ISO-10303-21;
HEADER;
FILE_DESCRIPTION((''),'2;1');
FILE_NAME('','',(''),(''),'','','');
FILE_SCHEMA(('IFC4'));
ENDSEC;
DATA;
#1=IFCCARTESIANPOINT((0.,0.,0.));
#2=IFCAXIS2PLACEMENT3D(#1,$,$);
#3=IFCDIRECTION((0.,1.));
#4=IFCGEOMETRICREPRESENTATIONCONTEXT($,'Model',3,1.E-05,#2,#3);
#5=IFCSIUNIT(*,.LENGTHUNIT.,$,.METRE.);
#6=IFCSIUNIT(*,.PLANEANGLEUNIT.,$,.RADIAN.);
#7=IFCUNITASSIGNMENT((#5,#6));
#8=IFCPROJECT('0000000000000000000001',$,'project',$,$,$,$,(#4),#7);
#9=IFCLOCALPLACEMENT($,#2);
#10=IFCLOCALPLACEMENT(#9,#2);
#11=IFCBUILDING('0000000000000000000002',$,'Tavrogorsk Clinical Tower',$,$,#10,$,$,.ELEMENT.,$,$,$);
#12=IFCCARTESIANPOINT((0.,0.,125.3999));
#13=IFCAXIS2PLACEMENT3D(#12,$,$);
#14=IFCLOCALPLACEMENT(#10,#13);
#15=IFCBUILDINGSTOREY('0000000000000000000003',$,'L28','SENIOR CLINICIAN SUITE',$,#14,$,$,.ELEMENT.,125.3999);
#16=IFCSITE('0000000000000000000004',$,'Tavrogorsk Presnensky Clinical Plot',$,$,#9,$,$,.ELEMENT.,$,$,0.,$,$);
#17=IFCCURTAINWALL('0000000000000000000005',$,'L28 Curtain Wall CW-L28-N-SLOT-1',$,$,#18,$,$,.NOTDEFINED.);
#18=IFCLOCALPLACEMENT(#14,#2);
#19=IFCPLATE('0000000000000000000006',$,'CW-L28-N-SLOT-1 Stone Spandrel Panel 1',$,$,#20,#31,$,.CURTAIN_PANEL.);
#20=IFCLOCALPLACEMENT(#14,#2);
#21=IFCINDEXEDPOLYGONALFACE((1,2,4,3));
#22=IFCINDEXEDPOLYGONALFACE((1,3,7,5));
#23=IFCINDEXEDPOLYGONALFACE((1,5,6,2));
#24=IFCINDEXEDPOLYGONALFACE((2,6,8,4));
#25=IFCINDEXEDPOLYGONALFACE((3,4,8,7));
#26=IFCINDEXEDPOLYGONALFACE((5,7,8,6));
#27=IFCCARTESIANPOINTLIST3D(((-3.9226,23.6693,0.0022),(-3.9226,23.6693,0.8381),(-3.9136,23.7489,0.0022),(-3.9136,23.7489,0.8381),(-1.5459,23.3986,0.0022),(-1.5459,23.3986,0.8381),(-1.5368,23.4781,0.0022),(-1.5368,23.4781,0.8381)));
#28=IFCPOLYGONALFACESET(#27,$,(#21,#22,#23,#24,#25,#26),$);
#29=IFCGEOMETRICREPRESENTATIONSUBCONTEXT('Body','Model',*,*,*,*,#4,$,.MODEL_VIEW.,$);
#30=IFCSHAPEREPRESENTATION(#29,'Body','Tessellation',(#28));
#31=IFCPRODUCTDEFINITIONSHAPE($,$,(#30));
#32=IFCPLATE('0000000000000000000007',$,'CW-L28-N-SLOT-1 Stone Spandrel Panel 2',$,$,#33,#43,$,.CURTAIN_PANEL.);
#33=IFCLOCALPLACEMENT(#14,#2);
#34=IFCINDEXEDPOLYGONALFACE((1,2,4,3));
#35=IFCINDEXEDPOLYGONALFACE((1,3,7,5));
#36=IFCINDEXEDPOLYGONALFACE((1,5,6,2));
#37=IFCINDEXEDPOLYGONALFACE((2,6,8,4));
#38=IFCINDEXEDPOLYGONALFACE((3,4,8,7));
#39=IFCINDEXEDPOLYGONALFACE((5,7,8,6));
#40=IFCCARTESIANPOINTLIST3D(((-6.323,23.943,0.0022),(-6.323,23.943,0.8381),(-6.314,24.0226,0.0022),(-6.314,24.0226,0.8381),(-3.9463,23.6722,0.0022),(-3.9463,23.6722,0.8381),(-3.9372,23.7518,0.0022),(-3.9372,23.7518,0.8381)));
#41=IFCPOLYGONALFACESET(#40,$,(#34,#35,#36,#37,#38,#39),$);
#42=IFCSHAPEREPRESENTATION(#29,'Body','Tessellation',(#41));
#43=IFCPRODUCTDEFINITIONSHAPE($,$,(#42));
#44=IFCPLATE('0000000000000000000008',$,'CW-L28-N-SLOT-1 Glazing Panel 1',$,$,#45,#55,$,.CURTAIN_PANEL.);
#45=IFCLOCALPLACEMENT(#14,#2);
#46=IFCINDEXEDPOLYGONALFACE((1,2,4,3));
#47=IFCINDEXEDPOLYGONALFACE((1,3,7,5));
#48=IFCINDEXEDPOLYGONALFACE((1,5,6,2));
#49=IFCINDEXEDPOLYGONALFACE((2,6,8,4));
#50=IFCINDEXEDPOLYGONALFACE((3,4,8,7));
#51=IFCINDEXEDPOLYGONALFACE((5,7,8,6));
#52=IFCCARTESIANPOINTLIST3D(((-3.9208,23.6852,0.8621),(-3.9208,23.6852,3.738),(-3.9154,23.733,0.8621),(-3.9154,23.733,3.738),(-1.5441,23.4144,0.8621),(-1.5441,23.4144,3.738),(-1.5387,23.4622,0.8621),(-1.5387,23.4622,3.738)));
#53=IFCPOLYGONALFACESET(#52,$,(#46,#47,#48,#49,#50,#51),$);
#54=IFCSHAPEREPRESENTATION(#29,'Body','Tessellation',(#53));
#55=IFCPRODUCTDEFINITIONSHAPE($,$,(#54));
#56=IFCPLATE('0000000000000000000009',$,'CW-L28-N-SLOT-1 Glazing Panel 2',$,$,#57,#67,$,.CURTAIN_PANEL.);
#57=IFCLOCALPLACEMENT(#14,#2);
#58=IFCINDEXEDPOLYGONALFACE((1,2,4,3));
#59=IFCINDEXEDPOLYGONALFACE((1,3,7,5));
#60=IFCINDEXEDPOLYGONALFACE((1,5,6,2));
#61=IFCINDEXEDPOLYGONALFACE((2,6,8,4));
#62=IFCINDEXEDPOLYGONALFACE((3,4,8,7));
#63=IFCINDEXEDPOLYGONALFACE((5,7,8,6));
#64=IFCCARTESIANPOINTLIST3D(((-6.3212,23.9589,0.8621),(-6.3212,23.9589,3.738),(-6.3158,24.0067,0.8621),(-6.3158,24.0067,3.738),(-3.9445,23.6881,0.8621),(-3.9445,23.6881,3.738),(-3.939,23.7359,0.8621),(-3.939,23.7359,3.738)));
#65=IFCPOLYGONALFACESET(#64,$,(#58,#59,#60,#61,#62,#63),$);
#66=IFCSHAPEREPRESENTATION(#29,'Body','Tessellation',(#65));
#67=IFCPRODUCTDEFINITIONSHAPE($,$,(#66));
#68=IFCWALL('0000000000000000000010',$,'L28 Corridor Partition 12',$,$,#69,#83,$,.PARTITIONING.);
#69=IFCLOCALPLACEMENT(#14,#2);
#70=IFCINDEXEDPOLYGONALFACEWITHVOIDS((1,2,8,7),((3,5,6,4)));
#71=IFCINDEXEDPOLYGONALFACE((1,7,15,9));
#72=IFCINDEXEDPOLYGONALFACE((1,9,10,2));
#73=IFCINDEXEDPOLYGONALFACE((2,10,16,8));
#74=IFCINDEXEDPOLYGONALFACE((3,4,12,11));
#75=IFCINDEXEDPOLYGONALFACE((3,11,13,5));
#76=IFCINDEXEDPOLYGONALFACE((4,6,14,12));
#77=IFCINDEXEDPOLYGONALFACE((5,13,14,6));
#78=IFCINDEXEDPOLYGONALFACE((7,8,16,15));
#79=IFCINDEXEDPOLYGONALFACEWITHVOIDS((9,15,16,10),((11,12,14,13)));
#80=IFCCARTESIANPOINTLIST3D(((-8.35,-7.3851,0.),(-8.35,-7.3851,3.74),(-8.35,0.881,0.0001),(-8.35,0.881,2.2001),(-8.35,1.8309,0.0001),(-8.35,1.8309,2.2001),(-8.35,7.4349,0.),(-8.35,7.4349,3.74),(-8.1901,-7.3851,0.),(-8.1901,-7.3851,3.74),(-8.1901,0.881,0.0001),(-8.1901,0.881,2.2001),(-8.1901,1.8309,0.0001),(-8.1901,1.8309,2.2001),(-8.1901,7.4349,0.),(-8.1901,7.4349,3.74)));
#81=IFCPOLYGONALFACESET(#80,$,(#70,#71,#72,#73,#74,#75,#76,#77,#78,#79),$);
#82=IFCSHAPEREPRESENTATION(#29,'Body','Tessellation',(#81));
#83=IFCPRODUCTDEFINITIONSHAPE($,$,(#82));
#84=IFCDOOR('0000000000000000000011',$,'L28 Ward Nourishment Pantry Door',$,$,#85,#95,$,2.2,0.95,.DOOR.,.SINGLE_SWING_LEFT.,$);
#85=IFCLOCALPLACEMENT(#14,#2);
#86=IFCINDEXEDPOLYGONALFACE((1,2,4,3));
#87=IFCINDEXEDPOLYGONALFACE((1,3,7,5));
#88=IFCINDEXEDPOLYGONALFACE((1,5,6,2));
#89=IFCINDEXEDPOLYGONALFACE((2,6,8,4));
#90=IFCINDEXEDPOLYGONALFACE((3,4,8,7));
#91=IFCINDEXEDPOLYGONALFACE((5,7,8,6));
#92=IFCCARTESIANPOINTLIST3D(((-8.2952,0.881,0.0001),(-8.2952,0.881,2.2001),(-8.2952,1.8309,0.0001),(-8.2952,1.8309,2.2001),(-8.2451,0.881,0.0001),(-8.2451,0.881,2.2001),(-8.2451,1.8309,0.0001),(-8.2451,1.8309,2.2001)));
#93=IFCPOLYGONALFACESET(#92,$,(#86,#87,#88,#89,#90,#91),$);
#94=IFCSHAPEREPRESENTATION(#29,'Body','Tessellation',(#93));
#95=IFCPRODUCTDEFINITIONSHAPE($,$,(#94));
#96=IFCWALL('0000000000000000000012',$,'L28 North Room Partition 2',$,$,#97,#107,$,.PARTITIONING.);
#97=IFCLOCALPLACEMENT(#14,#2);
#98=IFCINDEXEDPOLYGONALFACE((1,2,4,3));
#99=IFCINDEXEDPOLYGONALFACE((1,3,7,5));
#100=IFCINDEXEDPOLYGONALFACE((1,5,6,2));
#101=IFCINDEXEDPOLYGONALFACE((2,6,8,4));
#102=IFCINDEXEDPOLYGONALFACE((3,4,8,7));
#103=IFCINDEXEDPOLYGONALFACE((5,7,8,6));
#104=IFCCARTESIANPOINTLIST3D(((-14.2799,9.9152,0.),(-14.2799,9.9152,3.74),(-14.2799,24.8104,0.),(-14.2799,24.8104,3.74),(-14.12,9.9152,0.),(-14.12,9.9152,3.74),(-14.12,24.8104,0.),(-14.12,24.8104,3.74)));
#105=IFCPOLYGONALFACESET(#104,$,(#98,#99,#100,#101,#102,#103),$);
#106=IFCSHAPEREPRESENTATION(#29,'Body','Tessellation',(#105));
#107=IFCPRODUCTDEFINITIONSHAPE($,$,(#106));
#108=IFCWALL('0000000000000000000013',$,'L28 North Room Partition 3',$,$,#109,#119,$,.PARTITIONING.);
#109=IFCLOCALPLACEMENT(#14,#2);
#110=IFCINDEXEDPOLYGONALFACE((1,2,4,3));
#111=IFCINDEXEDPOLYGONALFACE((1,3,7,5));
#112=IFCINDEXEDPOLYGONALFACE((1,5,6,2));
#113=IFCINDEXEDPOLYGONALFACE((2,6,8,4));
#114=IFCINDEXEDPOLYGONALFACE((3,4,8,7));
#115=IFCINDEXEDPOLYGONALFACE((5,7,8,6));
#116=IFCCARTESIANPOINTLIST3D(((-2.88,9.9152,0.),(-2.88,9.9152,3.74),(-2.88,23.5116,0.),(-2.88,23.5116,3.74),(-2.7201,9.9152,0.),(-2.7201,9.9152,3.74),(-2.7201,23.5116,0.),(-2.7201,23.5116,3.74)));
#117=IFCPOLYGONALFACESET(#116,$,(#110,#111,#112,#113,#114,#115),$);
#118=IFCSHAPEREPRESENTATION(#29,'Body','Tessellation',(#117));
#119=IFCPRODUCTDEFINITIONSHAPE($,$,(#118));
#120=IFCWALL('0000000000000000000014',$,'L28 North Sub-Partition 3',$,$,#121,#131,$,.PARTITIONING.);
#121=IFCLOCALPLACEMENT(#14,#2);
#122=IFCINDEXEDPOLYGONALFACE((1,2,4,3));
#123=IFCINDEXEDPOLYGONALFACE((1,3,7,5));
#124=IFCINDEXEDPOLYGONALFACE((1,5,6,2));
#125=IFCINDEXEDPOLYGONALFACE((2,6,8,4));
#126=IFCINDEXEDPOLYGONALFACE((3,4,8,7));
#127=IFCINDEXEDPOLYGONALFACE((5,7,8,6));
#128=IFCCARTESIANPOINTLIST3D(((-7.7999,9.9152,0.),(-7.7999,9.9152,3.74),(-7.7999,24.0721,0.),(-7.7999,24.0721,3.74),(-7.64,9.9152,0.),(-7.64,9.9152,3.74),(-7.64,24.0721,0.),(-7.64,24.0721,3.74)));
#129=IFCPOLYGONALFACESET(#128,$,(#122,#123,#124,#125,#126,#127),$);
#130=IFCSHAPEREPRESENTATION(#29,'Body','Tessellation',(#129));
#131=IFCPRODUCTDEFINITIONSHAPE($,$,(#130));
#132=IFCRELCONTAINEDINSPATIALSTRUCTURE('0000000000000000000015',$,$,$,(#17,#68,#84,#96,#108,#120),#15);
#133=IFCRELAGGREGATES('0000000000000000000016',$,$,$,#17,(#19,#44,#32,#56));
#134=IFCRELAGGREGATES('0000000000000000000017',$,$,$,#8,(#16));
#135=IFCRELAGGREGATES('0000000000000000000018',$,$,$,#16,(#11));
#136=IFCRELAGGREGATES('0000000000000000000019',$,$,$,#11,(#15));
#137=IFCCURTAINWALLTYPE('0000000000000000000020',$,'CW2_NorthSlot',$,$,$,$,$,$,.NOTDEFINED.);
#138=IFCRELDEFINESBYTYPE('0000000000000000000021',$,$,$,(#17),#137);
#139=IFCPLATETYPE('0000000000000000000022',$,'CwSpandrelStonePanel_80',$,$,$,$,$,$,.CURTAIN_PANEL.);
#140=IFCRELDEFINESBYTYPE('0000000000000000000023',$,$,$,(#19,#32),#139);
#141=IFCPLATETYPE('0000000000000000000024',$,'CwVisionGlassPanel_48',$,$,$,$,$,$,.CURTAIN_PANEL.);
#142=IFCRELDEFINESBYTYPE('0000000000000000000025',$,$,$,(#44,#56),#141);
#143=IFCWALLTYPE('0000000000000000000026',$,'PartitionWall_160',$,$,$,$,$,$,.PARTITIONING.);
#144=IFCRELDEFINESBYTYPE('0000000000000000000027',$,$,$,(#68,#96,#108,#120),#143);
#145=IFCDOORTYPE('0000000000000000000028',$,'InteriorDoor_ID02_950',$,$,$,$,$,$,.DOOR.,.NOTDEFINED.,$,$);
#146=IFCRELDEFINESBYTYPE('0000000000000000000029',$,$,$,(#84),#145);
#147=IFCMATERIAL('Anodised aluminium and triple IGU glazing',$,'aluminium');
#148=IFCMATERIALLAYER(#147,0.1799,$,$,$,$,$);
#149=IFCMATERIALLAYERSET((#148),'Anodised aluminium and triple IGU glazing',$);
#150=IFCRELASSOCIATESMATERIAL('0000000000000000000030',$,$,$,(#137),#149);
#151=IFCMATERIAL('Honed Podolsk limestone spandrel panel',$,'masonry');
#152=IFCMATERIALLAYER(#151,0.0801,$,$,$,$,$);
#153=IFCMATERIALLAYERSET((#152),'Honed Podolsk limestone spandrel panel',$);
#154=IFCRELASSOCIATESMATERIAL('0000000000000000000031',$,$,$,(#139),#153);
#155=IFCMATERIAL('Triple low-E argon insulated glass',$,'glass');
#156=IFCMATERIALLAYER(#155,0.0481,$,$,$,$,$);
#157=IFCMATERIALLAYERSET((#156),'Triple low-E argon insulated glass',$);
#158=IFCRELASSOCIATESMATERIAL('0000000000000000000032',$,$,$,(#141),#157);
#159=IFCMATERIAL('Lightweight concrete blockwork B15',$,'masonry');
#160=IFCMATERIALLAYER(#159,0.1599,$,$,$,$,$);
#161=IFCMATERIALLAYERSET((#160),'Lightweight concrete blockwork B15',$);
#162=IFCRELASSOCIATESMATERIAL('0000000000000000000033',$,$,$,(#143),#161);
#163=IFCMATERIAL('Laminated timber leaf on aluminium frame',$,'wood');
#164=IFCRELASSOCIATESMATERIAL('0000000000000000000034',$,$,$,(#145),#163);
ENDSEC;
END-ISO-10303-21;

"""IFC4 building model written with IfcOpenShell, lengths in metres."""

from ifc_helpers import new_model, si_unit, direction, frame, frame_2d, origin, origin_2d, place, context, subcontext, project, spatial, rectangle, extrude, material, layer, layer_set, type_object, element, fill, aggregate, save


model = new_model("IFC4")

# Units and contexts
model_context = context("Model", 3, precision=1e-05, world=origin(), true_north=direction((0.0, 1.0)))
body_context = subcontext(model_context, "Body", "Model", "MODEL_VIEW")
ifc_project = project(units=[si_unit("LENGTHUNIT", "METRE"), si_unit("PLANEANGLEUNIT", "RADIAN")], contexts=[model_context])

# Site, building, storey
site_placement = place(None, origin())
site = spatial("IfcSite", under=ifc_project, at=site_placement, Name="Tavrogorsk Presnensky Clinical Plot", CompositionType="ELEMENT", RefElevation=0.0)
building_placement = place(site_placement, origin())
building = spatial("IfcBuilding", under=site, at=building_placement, Name="Tavrogorsk Clinical Tower", CompositionType="ELEMENT")
storey_placement = place(building_placement, frame((0.0, 0.0, 125.3999)))
storey = spatial("IfcBuildingStorey", under=building, at=storey_placement, Name="L28", Description="SENIOR CLINICIAN SUITE", CompositionType="ELEMENT", Elevation=125.3999)

# Curtain wall
ifc_material_1 = material(Name="Anodised aluminium and triple IGU glazing", Category="aluminium")
ifc_layer_1 = layer(ifc_material_1, 0.1799)
ifc_layer_set_1 = layer_set([ifc_layer_1], Name="Anodised aluminium and triple IGU glazing")
curtain_wall_type = type_object("IfcCurtainWallType", Name="CW2_NorthSlot", PredefinedType="NOTDEFINED", material=ifc_layer_set_1)
curtain_wall_placement = place(storey_placement, origin())
curtain_wall = element("IfcCurtainWall", 1, at=curtain_wall_placement, inside=storey, type_object=curtain_wall_type, Name="L28 Curtain Wall CW-L28-N-SLOT-1", PredefinedType="NOTDEFINED")

# Plates
ifc_material_2 = material(Name="Honed Podolsk limestone spandrel panel", Category="masonry")
ifc_layer_2 = layer(ifc_material_2, 0.0801)
ifc_layer_set_2 = layer_set([ifc_layer_2], Name="Honed Podolsk limestone spandrel panel")
plate_type_1 = type_object("IfcPlateType", Name="CwSpandrelStonePanel_80", PredefinedType="CURTAIN_PANEL", material=ifc_layer_set_2)
plate_1_placement = place(storey_placement, frame((-2.7297, 23.5737, 0.0022), z_axis=(0.0, 0.0, 1.0), x_axis=(-0.993572, 0.113203, 0.0)))
plate_1 = element("IfcPlate", 2, at=plate_1_placement, type_object=plate_type_1, Name="CW-L28-N-SLOT-1 Stone Spandrel Panel 1", PredefinedType="CURTAIN_PANEL", context=body_context, shape_type="SweptSolid", body=[
    extrude(rectangle(XDim=2.3921, YDim=0.0801, at=origin_2d()), origin(), (0.0, 0.0, 1.0), 0.8359),
])
plate_2_placement = place(storey_placement, frame((-5.1301, 23.8474, 0.0022), z_axis=(0.0, 0.0, 1.0), x_axis=(-0.993572, 0.113203, 0.0)))
plate_2 = element("IfcPlate", 3, at=plate_2_placement, type_object=plate_type_1, Name="CW-L28-N-SLOT-1 Stone Spandrel Panel 2", PredefinedType="CURTAIN_PANEL", context=body_context, shape_type="SweptSolid", body=[
    extrude(rectangle(XDim=2.3921, YDim=0.0801, at=origin_2d()), origin(), (0.0, 0.0, 1.0), 0.8359),
])
ifc_material_3 = material(Name="Triple low-E argon insulated glass", Category="glass")
ifc_layer_3 = layer(ifc_material_3, 0.0481)
ifc_layer_set_3 = layer_set([ifc_layer_3], Name="Triple low-E argon insulated glass")
plate_type_2 = type_object("IfcPlateType", Name="CwVisionGlassPanel_48", PredefinedType="CURTAIN_PANEL", material=ifc_layer_set_3)
plate_3_placement = place(storey_placement, frame((-2.7297, 23.5737, 0.8621), z_axis=(0.0, 0.0, 1.0), x_axis=(-0.993572, 0.113203, 0.0)))
plate_3 = element("IfcPlate", 4, at=plate_3_placement, type_object=plate_type_2, Name="CW-L28-N-SLOT-1 Glazing Panel 1", PredefinedType="CURTAIN_PANEL", context=body_context, shape_type="SweptSolid", body=[
    extrude(rectangle(XDim=2.3921, YDim=0.0481, at=origin_2d()), origin(), (0.0, 0.0, 1.0), 2.876),
])
plate_4_placement = place(storey_placement, frame((-5.1301, 23.8474, 0.8621), z_axis=(0.0, 0.0, 1.0), x_axis=(-0.993572, 0.113203, 0.0)))
plate_4 = element("IfcPlate", 5, at=plate_4_placement, type_object=plate_type_2, Name="CW-L28-N-SLOT-1 Glazing Panel 2", PredefinedType="CURTAIN_PANEL", context=body_context, shape_type="SweptSolid", body=[
    extrude(rectangle(XDim=2.3921, YDim=0.0481, at=origin_2d()), origin(), (0.0, 0.0, 1.0), 2.876),
])
aggregate(curtain_wall, [plate_1, plate_3, plate_2, plate_4])

# Wall, opening, door
ifc_material_4 = material(Name="Lightweight concrete blockwork B15", Category="masonry")
ifc_layer_4 = layer(ifc_material_4, 0.1599)
ifc_layer_set_4 = layer_set([ifc_layer_4], Name="Lightweight concrete blockwork B15")
wall_type_1 = type_object("IfcWallType", Name="PartitionWall_160", PredefinedType="PARTITIONING", material=ifc_layer_set_4)
wall_1_placement = place(storey_placement, frame((-8.27, 7.4351, 0.0), z_axis=(0.0, 0.0, 1.0), x_axis=(0.0, -1.0, 0.0)))
wall_1 = element("IfcWall", 6, at=wall_1_placement, inside=storey, type_object=wall_type_1, Name="L28 Corridor Partition 12", PredefinedType="PARTITIONING", context=body_context, shape_type="SweptSolid", body=[
    extrude(rectangle(XDim=14.8201, YDim=0.1599, at=frame_2d((7.4102, 0.0))), origin(), (0.0, 0.0, 1.0), 3.74),
])
opening_1_placement = place(wall_1_placement, frame((5.604, 0.0, 0.0)))
opening_1 = element("IfcOpeningElement", 7, at=opening_1_placement, cuts=wall_1, PredefinedType="OPENING", context=body_context, shape_type="SweptSolid", body=[
    extrude(rectangle(XDim=0.95, YDim=2.2, at=frame_2d((0.4751, 1.1001))), frame((0.0, 0.0898, 0.0), z_axis=(0.0, -1.0, 0.0), x_axis=(1.0, 0.0, 0.0)), (0.0, 0.0, 1.0), 0.1799),
])
ifc_material_5 = material(Name="Laminated timber leaf on aluminium frame", Category="wood")
door_type = type_object("IfcDoorType", Name="InteriorDoor_ID02_950", OperationType="NOTDEFINED", PredefinedType="DOOR", material=ifc_material_5)
door_placement = place(opening_1_placement, origin())
door = element("IfcDoor", 8, at=door_placement, inside=storey, type_object=door_type, Name="L28 Ward Nourishment Pantry Door", OperationType="SINGLE_SWING_LEFT", OverallHeight=2.2, OverallWidth=0.95, PredefinedType="DOOR", context=body_context, shape_type="SweptSolid", body=[
    extrude(rectangle(XDim=0.95, YDim=2.2, at=frame_2d((0.4751, 1.1001))), frame((0.0, 0.0249, 0.0), z_axis=(0.0, -1.0, 0.0), x_axis=(1.0, 0.0, 0.0)), (0.0, 0.0, 1.0), 0.05),
])
fill(opening_1, door)

# Walls
wall_2_placement = place(storey_placement, frame((-14.2, 9.915, 0.0), z_axis=(0.0, 0.0, 1.0), x_axis=(0.0, 1.0, 0.0)))
element("IfcWall", 9, at=wall_2_placement, inside=storey, type_object=wall_type_1, Name="L28 North Room Partition 2", PredefinedType="PARTITIONING", context=body_context, shape_type="SweptSolid", body=[
    extrude(rectangle(XDim=14.8953, YDim=0.1599, at=frame_2d((7.4478, 0.0))), origin(), (0.0, 0.0, 1.0), 3.74),
])
wall_3_placement = place(storey_placement, frame((-2.8, 9.915, 0.0), z_axis=(0.0, 0.0, 1.0), x_axis=(0.0, 1.0, 0.0)))
element("IfcWall", 10, at=wall_3_placement, inside=storey, type_object=wall_type_1, Name="L28 North Room Partition 3", PredefinedType="PARTITIONING", context=body_context, shape_type="SweptSolid", body=[
    extrude(rectangle(XDim=13.5964, YDim=0.1599, at=frame_2d((6.7983, 0.0))), origin(), (0.0, 0.0, 1.0), 3.74),
])
wall_4_placement = place(storey_placement, frame((-7.72, 9.915, 0.0), z_axis=(0.0, 0.0, 1.0), x_axis=(0.0, 1.0, 0.0)))
element("IfcWall", 11, at=wall_4_placement, inside=storey, type_object=wall_type_1, Name="L28 North Sub-Partition 3", PredefinedType="PARTITIONING", context=body_context, shape_type="SweptSolid", body=[
    extrude(rectangle(XDim=14.157, YDim=0.1599, at=frame_2d((7.0786, 0.0))), origin(), (0.0, 0.0, 1.0), 3.74),
])

save(model, "model.ifc")
